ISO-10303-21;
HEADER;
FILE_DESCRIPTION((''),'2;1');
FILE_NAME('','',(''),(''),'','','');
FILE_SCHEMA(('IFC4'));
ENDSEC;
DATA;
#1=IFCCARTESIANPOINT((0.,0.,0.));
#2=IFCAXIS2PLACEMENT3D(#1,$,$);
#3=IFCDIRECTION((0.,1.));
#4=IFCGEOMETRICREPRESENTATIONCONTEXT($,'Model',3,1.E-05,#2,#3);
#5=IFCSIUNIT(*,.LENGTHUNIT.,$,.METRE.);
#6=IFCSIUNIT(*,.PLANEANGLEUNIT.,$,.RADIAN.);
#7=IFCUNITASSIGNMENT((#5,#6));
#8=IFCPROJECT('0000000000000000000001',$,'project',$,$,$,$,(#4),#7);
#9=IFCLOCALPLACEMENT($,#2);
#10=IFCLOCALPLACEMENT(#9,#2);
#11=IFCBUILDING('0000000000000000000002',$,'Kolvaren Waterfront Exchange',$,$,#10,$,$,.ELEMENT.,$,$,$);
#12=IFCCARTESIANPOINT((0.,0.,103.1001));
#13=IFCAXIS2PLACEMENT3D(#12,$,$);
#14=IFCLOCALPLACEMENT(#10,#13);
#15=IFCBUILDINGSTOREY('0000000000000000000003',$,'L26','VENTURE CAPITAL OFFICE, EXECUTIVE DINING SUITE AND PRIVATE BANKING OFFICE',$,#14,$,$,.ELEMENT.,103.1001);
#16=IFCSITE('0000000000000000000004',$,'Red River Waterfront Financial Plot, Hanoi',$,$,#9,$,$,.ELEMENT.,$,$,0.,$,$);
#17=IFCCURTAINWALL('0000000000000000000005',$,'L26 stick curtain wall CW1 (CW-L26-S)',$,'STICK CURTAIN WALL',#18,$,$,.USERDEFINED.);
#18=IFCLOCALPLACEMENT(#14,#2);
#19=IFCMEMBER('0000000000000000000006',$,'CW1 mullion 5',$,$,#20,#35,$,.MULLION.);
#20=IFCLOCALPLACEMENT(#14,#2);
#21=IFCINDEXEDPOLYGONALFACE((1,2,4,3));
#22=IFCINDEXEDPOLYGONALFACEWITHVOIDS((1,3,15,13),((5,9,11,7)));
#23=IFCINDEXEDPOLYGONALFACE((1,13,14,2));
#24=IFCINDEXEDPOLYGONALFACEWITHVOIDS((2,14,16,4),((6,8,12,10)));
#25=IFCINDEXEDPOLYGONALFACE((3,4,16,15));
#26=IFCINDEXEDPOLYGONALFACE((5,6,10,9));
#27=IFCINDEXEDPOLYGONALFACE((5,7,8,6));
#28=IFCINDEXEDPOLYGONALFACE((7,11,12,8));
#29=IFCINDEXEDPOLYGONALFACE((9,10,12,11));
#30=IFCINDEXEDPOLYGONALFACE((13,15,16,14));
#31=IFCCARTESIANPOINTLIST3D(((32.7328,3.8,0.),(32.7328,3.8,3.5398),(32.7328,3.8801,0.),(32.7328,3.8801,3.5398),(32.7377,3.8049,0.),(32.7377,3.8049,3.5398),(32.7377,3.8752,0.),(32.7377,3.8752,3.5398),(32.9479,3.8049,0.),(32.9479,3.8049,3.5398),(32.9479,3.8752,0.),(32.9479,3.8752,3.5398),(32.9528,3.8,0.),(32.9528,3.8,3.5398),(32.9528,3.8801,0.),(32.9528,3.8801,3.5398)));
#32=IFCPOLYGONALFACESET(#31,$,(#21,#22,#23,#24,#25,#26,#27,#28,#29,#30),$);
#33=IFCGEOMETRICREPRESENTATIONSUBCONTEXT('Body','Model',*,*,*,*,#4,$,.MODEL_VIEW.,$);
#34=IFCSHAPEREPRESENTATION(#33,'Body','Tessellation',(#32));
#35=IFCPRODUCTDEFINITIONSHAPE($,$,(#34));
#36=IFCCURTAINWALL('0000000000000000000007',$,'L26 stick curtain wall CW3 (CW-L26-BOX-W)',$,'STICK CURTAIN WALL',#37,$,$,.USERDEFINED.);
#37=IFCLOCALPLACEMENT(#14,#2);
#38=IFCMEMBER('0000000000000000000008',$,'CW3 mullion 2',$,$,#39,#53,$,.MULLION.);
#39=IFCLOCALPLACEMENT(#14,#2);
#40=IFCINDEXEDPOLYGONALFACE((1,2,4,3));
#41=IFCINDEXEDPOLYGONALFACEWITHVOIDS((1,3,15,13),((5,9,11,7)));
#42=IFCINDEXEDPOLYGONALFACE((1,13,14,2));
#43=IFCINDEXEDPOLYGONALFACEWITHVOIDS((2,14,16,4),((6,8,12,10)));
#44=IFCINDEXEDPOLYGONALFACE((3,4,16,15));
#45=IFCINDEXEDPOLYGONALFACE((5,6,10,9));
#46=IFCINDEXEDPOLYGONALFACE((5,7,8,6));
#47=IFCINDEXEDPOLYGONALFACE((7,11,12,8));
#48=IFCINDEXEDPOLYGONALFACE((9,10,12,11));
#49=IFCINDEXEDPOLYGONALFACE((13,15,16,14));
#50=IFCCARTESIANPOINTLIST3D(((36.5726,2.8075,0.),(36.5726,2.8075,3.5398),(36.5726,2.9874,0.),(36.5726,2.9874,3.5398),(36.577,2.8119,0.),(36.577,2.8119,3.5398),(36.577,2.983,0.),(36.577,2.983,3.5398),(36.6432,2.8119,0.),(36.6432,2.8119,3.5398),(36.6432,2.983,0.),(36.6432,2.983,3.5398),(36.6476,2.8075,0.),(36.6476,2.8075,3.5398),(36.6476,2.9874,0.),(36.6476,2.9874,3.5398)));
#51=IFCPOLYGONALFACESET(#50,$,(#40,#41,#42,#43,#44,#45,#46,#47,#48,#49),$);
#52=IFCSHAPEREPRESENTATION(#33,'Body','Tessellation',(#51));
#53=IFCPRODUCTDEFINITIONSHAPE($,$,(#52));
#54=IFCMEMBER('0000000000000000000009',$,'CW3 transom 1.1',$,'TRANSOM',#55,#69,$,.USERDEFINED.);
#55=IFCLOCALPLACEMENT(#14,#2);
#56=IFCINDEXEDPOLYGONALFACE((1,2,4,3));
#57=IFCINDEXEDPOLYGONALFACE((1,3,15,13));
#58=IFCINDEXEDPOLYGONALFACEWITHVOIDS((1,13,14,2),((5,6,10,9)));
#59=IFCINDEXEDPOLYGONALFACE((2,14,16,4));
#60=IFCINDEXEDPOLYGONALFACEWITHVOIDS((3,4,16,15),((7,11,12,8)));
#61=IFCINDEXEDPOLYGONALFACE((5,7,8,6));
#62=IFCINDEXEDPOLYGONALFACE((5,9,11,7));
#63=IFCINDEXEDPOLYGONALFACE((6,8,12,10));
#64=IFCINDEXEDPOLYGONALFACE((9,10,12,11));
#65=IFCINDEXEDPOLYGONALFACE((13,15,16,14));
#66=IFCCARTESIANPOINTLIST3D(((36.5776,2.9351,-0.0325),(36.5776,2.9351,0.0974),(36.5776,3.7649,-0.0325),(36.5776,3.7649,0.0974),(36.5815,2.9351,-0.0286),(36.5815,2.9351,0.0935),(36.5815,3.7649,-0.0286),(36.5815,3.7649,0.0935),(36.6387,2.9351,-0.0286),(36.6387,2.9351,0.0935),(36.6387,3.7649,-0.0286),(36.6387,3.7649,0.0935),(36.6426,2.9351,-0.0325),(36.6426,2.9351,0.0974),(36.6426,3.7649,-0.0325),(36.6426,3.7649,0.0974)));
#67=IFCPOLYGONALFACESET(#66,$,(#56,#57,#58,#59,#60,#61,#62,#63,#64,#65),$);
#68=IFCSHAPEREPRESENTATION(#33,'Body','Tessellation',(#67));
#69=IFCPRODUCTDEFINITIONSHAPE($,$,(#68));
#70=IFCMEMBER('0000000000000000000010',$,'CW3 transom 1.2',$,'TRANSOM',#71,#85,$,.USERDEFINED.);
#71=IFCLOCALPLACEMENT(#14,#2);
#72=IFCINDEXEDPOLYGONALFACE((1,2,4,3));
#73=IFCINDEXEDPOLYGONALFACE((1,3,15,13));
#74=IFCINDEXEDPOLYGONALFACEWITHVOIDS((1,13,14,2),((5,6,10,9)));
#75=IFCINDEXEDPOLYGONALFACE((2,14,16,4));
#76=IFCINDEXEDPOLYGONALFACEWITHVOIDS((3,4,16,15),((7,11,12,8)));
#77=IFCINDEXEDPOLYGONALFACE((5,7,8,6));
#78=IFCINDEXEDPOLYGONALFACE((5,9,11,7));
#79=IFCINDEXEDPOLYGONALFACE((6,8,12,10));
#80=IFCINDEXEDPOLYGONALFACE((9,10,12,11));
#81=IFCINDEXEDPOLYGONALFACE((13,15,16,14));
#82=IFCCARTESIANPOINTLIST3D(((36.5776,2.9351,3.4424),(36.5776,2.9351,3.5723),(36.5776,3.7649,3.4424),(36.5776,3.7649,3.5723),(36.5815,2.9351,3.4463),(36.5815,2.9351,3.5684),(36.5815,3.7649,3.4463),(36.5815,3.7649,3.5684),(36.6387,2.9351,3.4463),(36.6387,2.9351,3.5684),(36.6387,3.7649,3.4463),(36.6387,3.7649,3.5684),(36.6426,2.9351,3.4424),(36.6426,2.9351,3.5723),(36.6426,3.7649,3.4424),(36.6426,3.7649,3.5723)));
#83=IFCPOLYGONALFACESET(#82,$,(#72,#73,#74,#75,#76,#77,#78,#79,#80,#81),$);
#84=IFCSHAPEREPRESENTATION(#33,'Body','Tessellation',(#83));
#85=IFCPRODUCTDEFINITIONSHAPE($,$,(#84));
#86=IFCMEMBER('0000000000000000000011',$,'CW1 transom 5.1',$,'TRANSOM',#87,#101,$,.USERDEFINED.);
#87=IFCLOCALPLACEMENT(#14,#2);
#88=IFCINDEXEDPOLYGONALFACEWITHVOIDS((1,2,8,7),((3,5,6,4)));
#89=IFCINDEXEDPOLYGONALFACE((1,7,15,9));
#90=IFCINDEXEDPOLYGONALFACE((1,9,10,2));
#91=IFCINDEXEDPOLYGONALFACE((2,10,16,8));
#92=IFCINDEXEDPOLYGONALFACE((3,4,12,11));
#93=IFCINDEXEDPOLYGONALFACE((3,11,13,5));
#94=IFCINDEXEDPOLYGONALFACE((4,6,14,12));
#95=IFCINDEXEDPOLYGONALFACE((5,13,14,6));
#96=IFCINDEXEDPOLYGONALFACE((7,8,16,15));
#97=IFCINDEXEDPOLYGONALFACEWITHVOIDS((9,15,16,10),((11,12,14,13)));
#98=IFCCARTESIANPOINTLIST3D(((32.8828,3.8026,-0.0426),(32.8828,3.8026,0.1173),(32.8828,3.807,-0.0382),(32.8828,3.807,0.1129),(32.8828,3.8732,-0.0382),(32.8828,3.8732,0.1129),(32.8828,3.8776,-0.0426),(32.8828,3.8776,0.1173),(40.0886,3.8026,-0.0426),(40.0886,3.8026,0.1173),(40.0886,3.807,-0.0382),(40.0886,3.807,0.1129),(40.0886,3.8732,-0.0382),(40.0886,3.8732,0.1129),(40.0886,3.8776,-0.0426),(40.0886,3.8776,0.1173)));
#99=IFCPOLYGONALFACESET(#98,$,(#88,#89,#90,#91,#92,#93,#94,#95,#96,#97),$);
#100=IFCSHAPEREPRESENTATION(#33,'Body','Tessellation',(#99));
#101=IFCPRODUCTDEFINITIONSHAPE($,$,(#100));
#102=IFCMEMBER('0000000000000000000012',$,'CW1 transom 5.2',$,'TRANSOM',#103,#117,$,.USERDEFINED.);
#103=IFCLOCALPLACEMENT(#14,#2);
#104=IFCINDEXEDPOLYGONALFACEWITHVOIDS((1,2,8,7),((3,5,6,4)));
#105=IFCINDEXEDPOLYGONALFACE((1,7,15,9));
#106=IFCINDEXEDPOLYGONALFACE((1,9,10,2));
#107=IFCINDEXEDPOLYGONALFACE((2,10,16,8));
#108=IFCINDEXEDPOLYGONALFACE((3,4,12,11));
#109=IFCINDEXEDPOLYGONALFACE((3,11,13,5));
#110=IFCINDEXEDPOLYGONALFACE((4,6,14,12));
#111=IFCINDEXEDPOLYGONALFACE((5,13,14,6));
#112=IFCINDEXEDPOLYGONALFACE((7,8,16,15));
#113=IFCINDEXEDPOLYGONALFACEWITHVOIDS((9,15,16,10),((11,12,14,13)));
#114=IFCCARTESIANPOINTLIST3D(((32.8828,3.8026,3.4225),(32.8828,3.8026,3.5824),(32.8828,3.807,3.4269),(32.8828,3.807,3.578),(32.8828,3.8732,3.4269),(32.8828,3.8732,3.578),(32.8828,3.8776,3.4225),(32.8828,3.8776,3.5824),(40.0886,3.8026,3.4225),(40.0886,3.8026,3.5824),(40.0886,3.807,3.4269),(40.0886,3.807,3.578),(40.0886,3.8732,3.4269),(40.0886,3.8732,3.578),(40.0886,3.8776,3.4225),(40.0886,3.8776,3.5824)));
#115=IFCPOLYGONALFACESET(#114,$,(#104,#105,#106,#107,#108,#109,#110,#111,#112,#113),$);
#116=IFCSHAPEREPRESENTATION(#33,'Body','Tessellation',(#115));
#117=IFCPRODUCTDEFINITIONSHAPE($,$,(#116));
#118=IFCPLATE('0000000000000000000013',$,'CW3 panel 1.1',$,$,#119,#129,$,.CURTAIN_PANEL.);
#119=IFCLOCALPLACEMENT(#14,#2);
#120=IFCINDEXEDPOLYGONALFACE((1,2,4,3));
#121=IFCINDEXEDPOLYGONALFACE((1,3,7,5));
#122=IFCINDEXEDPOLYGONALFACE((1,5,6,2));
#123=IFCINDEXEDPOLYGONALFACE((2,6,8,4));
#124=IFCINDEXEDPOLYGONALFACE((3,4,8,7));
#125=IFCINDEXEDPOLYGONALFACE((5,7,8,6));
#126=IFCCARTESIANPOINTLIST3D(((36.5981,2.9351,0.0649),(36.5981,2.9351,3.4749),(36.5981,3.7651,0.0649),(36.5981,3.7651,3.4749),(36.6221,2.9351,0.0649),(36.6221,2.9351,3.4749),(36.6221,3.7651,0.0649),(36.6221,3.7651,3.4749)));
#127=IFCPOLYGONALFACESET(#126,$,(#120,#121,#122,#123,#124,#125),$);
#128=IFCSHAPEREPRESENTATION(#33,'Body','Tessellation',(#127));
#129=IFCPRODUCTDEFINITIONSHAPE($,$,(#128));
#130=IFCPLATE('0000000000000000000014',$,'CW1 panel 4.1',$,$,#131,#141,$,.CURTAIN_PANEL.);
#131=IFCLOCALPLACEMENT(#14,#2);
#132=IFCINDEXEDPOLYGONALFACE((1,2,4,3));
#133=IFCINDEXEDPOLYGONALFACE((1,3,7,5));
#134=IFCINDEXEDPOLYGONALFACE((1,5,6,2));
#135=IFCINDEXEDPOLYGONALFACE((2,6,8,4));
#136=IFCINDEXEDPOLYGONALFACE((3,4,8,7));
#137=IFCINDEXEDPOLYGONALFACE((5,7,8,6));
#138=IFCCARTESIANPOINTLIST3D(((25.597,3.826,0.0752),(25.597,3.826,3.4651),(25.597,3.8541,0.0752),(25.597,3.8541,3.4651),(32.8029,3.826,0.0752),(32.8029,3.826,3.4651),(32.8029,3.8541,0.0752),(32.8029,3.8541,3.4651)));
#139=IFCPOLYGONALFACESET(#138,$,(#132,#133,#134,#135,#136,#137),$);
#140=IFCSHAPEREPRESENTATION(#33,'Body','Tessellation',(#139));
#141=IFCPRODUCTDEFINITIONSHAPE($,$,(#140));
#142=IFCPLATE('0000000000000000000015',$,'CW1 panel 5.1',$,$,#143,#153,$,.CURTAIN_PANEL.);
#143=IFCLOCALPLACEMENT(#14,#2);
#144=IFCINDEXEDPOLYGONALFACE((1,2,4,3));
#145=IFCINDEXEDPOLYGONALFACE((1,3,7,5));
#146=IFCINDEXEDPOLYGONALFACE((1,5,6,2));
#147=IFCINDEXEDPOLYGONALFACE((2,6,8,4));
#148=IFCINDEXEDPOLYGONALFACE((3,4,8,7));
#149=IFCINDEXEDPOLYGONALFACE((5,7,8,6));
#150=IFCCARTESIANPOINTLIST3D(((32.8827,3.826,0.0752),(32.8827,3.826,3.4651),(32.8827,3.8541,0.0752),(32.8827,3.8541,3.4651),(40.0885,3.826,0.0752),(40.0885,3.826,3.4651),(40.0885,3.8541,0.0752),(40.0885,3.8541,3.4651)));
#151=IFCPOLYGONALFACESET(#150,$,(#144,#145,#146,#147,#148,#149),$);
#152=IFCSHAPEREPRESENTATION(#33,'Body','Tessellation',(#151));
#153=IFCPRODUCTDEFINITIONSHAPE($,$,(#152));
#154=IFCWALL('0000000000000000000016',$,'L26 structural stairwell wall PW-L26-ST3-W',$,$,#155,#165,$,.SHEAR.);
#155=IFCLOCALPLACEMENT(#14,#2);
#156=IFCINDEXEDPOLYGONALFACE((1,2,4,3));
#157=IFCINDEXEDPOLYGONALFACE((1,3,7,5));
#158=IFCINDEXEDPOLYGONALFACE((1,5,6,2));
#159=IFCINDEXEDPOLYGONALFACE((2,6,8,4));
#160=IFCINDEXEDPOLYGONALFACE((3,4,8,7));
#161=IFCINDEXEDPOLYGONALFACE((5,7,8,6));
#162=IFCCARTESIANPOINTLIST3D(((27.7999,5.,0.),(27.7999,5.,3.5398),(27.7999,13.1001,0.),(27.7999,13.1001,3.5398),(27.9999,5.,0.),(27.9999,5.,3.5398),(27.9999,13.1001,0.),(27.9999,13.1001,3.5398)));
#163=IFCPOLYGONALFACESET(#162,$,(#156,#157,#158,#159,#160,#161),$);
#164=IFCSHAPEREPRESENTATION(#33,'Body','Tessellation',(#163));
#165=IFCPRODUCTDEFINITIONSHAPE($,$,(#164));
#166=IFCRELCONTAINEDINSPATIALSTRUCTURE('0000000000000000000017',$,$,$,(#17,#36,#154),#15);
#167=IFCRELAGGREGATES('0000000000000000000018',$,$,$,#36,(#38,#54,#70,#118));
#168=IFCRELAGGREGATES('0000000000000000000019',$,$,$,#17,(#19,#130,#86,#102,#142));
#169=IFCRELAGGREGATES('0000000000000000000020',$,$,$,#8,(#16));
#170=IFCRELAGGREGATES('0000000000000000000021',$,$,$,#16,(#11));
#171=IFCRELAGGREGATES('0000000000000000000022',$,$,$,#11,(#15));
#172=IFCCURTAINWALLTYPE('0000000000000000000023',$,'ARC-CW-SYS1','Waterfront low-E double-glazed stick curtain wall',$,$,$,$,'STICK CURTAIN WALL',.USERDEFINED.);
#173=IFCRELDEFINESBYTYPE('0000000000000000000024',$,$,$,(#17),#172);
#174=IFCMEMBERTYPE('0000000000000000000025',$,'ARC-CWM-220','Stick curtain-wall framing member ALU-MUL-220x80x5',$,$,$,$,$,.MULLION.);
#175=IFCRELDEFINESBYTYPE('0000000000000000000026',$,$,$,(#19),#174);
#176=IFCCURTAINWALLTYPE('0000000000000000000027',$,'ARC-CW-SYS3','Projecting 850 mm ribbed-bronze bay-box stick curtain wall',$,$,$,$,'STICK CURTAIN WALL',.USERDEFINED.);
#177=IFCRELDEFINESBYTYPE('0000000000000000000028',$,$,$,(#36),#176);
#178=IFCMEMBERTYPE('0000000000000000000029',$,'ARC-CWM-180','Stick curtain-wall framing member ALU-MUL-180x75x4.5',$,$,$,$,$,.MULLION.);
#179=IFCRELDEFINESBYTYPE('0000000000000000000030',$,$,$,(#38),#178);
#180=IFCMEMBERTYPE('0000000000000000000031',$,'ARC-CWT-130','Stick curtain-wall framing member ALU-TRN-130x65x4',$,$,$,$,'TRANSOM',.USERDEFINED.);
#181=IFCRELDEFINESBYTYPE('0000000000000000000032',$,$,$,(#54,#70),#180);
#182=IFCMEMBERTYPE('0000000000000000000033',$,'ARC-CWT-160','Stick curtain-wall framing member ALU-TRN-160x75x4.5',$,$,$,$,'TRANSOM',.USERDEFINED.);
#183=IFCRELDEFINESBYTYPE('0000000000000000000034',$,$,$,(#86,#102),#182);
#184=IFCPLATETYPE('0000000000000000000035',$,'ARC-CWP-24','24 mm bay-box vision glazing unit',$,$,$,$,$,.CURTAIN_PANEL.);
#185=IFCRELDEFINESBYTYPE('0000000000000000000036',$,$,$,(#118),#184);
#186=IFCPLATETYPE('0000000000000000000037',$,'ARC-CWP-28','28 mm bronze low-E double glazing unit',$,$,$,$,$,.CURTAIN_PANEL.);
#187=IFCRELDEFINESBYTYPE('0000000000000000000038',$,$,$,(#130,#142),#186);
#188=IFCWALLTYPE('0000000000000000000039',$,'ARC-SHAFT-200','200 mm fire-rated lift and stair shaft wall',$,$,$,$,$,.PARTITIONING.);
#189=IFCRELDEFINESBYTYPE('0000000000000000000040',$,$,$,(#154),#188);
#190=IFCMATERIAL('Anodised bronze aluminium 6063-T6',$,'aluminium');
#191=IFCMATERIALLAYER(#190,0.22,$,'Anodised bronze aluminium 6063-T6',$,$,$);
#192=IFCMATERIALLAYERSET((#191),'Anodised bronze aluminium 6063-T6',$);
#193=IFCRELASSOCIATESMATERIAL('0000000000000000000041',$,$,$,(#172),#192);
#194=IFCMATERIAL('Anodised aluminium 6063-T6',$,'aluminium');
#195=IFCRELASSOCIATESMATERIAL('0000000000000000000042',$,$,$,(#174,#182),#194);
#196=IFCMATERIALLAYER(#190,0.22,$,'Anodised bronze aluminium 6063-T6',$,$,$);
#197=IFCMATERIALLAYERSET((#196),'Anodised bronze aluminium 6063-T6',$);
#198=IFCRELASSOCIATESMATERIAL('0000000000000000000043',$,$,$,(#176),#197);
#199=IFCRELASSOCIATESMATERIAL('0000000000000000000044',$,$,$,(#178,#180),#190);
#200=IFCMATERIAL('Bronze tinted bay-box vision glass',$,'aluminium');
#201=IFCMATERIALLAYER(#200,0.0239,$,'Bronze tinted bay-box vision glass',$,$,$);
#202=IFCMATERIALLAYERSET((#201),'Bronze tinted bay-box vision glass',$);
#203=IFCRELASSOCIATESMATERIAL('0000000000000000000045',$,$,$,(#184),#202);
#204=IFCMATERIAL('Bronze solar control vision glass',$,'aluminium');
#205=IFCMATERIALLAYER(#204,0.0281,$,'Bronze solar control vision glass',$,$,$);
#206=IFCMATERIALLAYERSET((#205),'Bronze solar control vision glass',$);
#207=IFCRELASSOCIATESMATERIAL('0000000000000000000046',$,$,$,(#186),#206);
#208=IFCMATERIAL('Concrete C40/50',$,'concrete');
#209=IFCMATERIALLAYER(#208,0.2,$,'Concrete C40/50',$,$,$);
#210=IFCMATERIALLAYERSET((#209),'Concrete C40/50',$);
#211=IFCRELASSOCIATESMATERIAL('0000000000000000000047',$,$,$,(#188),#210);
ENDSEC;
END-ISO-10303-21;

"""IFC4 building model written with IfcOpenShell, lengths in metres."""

from ifc_helpers import new_model, si_unit, direction, frame, frame_2d, origin, origin_with_axes, origin_2d, place, context, subcontext, project, spatial, rectangle, hollow_rectangle, extrude, source, transform, mapped, material, layer, layer_set, material_profile, profile_set, type_object, element, aggregate, save


model = new_model("IFC4")

# Units and contexts
model_context = context("Model", 3, precision=1e-05, world=origin(), true_north=direction((0.0, 1.0)))
body_context = subcontext(model_context, "Body", "Model", "MODEL_VIEW")
ifc_project = project(units=[si_unit("LENGTHUNIT", "METRE"), si_unit("PLANEANGLEUNIT", "RADIAN")], contexts=[model_context])

# Site, building, storey
site_placement = place(None, origin())
site = spatial("IfcSite", under=ifc_project, at=site_placement, Name="Red River Waterfront Financial Plot, Hanoi", CompositionType="ELEMENT", RefElevation=0.0)
building_placement = place(site_placement, origin())
building = spatial("IfcBuilding", under=site, at=building_placement, Name="Kolvaren Waterfront Exchange", CompositionType="ELEMENT")
storey_placement = place(building_placement, frame((0.0, 0.0, 103.1001)))
storey = spatial("IfcBuildingStorey", under=building, at=storey_placement, Name="L26", Description="VENTURE CAPITAL OFFICE, EXECUTIVE DINING SUITE AND PRIVATE BANKING OFFICE", CompositionType="ELEMENT", Elevation=103.1001)

# Curtain wall, member
ifc_material_1 = material(Name="Anodised bronze aluminium 6063-T6", Category="aluminium")
ifc_layer_1 = layer(ifc_material_1, 0.22, Name="Anodised bronze aluminium 6063-T6")
ifc_layer_set_1 = layer_set([ifc_layer_1], Name="Anodised bronze aluminium 6063-T6")
curtain_wall_type_1 = type_object("IfcCurtainWallType", Name="ARC-CW-SYS1", Description="Waterfront low-E double-glazed stick curtain wall", ElementType="STICK CURTAIN WALL", PredefinedType="USERDEFINED", material=ifc_layer_set_1)
curtain_wall_1_placement = place(storey_placement, origin())
curtain_wall_1 = element("IfcCurtainWall", 1, at=curtain_wall_1_placement, inside=storey, type_object=curtain_wall_type_1, Name="L26 stick curtain wall CW1 (CW-L26-S)", ObjectType="STICK CURTAIN WALL", PredefinedType="USERDEFINED")
ifc_material_2 = material(Name="Anodised aluminium 6063-T6", Category="aluminium")
ifc_material_profile_1 = material_profile(ifc_material_2, hollow_rectangle(XDim=0.0801, YDim=0.22, WallThickness=0.0049, at=origin_2d()), Name="ALU-MUL-220x80x5")
ifc_profile_set_1 = profile_set([ifc_material_profile_1], Name="Anodised aluminium 6063-T6")
member_type_1 = type_object("IfcMemberType", Name="ARC-CWM-220", Description="Stick curtain-wall framing member ALU-MUL-220x80x5", PredefinedType="MULLION", material=ifc_profile_set_1)
shared_shape_1 = source(origin_with_axes(), body_context, "Body", "SweptSolid", [
    extrude(hollow_rectangle(XDim=0.0801, YDim=0.22, WallThickness=0.0049, at=origin_2d()), origin(), (0.0, 0.0, 1.0), 3.5398),
])
member_1_placement = place(storey_placement, frame((32.8428, 3.8401, 0.0), z_axis=(0.0, 0.0, 1.0), x_axis=(0.0, 1.0, 0.0)))
member_1 = element("IfcMember", 2, at=member_1_placement, type_object=member_type_1, Name="CW1 mullion 5", PredefinedType="MULLION", context=body_context, shape_type="MappedRepresentation", body=[
    mapped(shared_shape_1, transform((0.0, 0.0, 0.0), x_axis=(1.0, 0.0, 0.0), y_axis=(0.0, 1.0, 0.0), z_axis=(0.0, 0.0, 1.0), scale=1.0)),
])

# Curtain wall, members
ifc_layer_2 = layer(ifc_material_1, 0.22, Name="Anodised bronze aluminium 6063-T6")
ifc_layer_set_2 = layer_set([ifc_layer_2], Name="Anodised bronze aluminium 6063-T6")
curtain_wall_type_2 = type_object("IfcCurtainWallType", Name="ARC-CW-SYS3", Description="Projecting 850 mm ribbed-bronze bay-box stick curtain wall", ElementType="STICK CURTAIN WALL", PredefinedType="USERDEFINED", material=ifc_layer_set_2)
curtain_wall_2_placement = place(storey_placement, origin())
curtain_wall_2 = element("IfcCurtainWall", 3, at=curtain_wall_2_placement, inside=storey, type_object=curtain_wall_type_2, Name="L26 stick curtain wall CW3 (CW-L26-BOX-W)", ObjectType="STICK CURTAIN WALL", PredefinedType="USERDEFINED")
ifc_material_profile_2 = material_profile(ifc_material_1, hollow_rectangle(XDim=0.075, YDim=0.1799, WallThickness=0.0044, at=origin_2d()), Name="ALU-MUL-180x75x4.5")
ifc_profile_set_2 = profile_set([ifc_material_profile_2], Name="Anodised bronze aluminium 6063-T6")
member_type_2 = type_object("IfcMemberType", Name="ARC-CWM-180", Description="Stick curtain-wall framing member ALU-MUL-180x75x4.5", PredefinedType="MULLION", material=ifc_profile_set_2)
shared_shape_2 = source(origin_with_axes(), body_context, "Body", "SweptSolid", [
    extrude(hollow_rectangle(XDim=0.075, YDim=0.1799, WallThickness=0.0044, at=origin_2d()), origin(), (0.0, 0.0, 1.0), 3.5398),
])
member_2_placement = place(storey_placement, frame((36.6101, 2.8975, 0.0), z_axis=(0.0, 0.0, 1.0), x_axis=(1.0, 0.0, 0.0)))
member_2 = element("IfcMember", 4, at=member_2_placement, type_object=member_type_2, Name="CW3 mullion 2", PredefinedType="MULLION", context=body_context, shape_type="MappedRepresentation", body=[
    mapped(shared_shape_2, transform((0.0, 0.0, 0.0), x_axis=(1.0, 0.0, 0.0), y_axis=(0.0, 1.0, 0.0), z_axis=(0.0, 0.0, 1.0), scale=1.0)),
])
ifc_material_profile_3 = material_profile(ifc_material_1, hollow_rectangle(XDim=0.0649, YDim=0.1299, WallThickness=0.0039, at=origin_2d()), Name="ALU-TRN-130x65x4")
ifc_profile_set_3 = profile_set([ifc_material_profile_3], Name="Anodised bronze aluminium 6063-T6")
member_type_3 = type_object("IfcMemberType", Name="ARC-CWT-130", Description="Stick curtain-wall framing member ALU-TRN-130x65x4", ElementType="TRANSOM", PredefinedType="USERDEFINED", material=ifc_profile_set_3)
shared_shape_3 = source(origin_with_axes(), body_context, "Body", "SweptSolid", [
    extrude(hollow_rectangle(XDim=0.0649, YDim=0.1299, WallThickness=0.0039, at=origin_2d()), origin(), (0.0, 0.0, 1.0), 0.8298),
])
member_3_placement = place(storey_placement, frame((36.6101, 3.7649, 0.0325), z_axis=(0.0, -1.0, 0.0), x_axis=(1.0, 0.0, 0.0)))
member_3 = element("IfcMember", 5, at=member_3_placement, type_object=member_type_3, Name="CW3 transom 1.1", ObjectType="TRANSOM", PredefinedType="USERDEFINED", context=body_context, shape_type="MappedRepresentation", body=[
    mapped(shared_shape_3, transform((0.0, 0.0, 0.0), x_axis=(1.0, 0.0, 0.0), y_axis=(0.0, 1.0, 0.0), z_axis=(0.0, 0.0, 1.0), scale=1.0)),
])
member_4_placement = place(storey_placement, frame((36.6101, 3.7649, 3.5073), z_axis=(0.0, -1.0, 0.0), x_axis=(1.0, 0.0, 0.0)))
member_4 = element("IfcMember", 6, at=member_4_placement, type_object=member_type_3, Name="CW3 transom 1.2", ObjectType="TRANSOM", PredefinedType="USERDEFINED", context=body_context, shape_type="MappedRepresentation", body=[
    mapped(shared_shape_3, transform((0.0, 0.0, 0.0), x_axis=(1.0, 0.0, 0.0), y_axis=(0.0, 1.0, 0.0), z_axis=(0.0, 0.0, 1.0), scale=1.0)),
])

# Members
ifc_material_profile_4 = material_profile(ifc_material_2, hollow_rectangle(XDim=0.075, YDim=0.1599, WallThickness=0.0044, at=origin_2d()), Name="ALU-TRN-160x75x4.5")
ifc_profile_set_4 = profile_set([ifc_material_profile_4], Name="Anodised aluminium 6063-T6")
member_type_4 = type_object("IfcMemberType", Name="ARC-CWT-160", Description="Stick curtain-wall framing member ALU-TRN-160x75x4.5", ElementType="TRANSOM", PredefinedType="USERDEFINED", material=ifc_profile_set_4)
shared_shape_4 = source(origin_with_axes(), body_context, "Body", "SweptSolid", [
    extrude(hollow_rectangle(XDim=0.075, YDim=0.1599, WallThickness=0.0044, at=origin_2d()), origin(), (0.0, 0.0, 1.0), 7.2058),
])
member_5_placement = place(storey_placement, frame((32.8828, 3.8401, 0.0374), z_axis=(1.0, 0.0, 0.0), x_axis=(0.0, 1.0, 0.0)))
member_5 = element("IfcMember", 7, at=member_5_placement, type_object=member_type_4, Name="CW1 transom 5.1", ObjectType="TRANSOM", PredefinedType="USERDEFINED", context=body_context, shape_type="MappedRepresentation", body=[
    mapped(shared_shape_4, transform((0.0, 0.0, 0.0), x_axis=(1.0, 0.0, 0.0), y_axis=(0.0, 1.0, 0.0), z_axis=(0.0, 0.0, 1.0), scale=1.0)),
])
member_6_placement = place(storey_placement, frame((32.8828, 3.8401, 3.5024), z_axis=(1.0, 0.0, 0.0), x_axis=(0.0, 1.0, 0.0)))
member_6 = element("IfcMember", 8, at=member_6_placement, type_object=member_type_4, Name="CW1 transom 5.2", ObjectType="TRANSOM", PredefinedType="USERDEFINED", context=body_context, shape_type="MappedRepresentation", body=[
    mapped(shared_shape_4, transform((0.0, 0.0, 0.0), x_axis=(1.0, 0.0, 0.0), y_axis=(0.0, 1.0, 0.0), z_axis=(0.0, 0.0, 1.0), scale=1.0)),
])

# Plates
ifc_material_3 = material(Name="Bronze tinted bay-box vision glass", Category="aluminium")
ifc_layer_3 = layer(ifc_material_3, 0.0239, Name="Bronze tinted bay-box vision glass")
ifc_layer_set_3 = layer_set([ifc_layer_3], Name="Bronze tinted bay-box vision glass")
plate_type_1 = type_object("IfcPlateType", Name="ARC-CWP-24", Description="24 mm bay-box vision glazing unit", PredefinedType="CURTAIN_PANEL", material=ifc_layer_set_3)
shared_shape_5 = source(origin_with_axes(), body_context, "Body", "SweptSolid", [
    extrude(rectangle(XDim=0.8301, YDim=0.0239, at=origin_2d()), origin(), (0.0, 0.0, 1.0), 3.4099),
])
plate_1_placement = place(storey_placement, frame((36.6101, 3.3501, 0.0649), z_axis=(0.0, 0.0, 1.0), x_axis=(0.0, -1.0, 0.0)))
plate_1 = element("IfcPlate", 9, at=plate_1_placement, type_object=plate_type_1, Name="CW3 panel 1.1", PredefinedType="CURTAIN_PANEL", context=body_context, shape_type="MappedRepresentation", body=[
    mapped(shared_shape_5, transform((0.0, 0.0, 0.0), x_axis=(1.0, 0.0, 0.0), y_axis=(0.0, 1.0, 0.0), z_axis=(0.0, 0.0, 1.0), scale=1.0)),
])
aggregate(curtain_wall_2, [member_2, member_3, member_4, plate_1])
ifc_material_4 = material(Name="Bronze solar control vision glass", Category="aluminium")
ifc_layer_4 = layer(ifc_material_4, 0.0281, Name="Bronze solar control vision glass")
ifc_layer_set_4 = layer_set([ifc_layer_4], Name="Bronze solar control vision glass")
plate_type_2 = type_object("IfcPlateType", Name="ARC-CWP-28", Description="28 mm bronze low-E double glazing unit", PredefinedType="CURTAIN_PANEL", material=ifc_layer_set_4)
shared_shape_6 = source(origin_with_axes(), body_context, "Body", "SweptSolid", [
    extrude(rectangle(XDim=7.2058, YDim=0.0281, at=origin_2d()), origin(), (0.0, 0.0, 1.0), 3.3899),
])
plate_2_placement = place(storey_placement, frame((29.2, 3.8401, 0.0752), z_axis=(0.0, 0.0, 1.0), x_axis=(1.0, 0.0, 0.0)))
plate_2 = element("IfcPlate", 10, at=plate_2_placement, type_object=plate_type_2, Name="CW1 panel 4.1", PredefinedType="CURTAIN_PANEL", context=body_context, shape_type="MappedRepresentation", body=[
    mapped(shared_shape_6, transform((0.0, 0.0, 0.0), x_axis=(1.0, 0.0, 0.0), y_axis=(0.0, 1.0, 0.0), z_axis=(0.0, 0.0, 1.0), scale=1.0)),
])
plate_3_placement = place(storey_placement, frame((36.4856, 3.8401, 0.0752), z_axis=(0.0, 0.0, 1.0), x_axis=(1.0, 0.0, 0.0)))
plate_3 = element("IfcPlate", 11, at=plate_3_placement, type_object=plate_type_2, Name="CW1 panel 5.1", PredefinedType="CURTAIN_PANEL", context=body_context, shape_type="MappedRepresentation", body=[
    mapped(shared_shape_6, transform((0.0, 0.0, 0.0), x_axis=(1.0, 0.0, 0.0), y_axis=(0.0, 1.0, 0.0), z_axis=(0.0, 0.0, 1.0), scale=1.0)),
])
aggregate(curtain_wall_1, [member_1, plate_2, member_5, member_6, plate_3])

# Wall
ifc_material_5 = material(Name="Concrete C40/50", Category="concrete")
ifc_layer_5 = layer(ifc_material_5, 0.2, Name="Concrete C40/50")
ifc_layer_set_5 = layer_set([ifc_layer_5], Name="Concrete C40/50")
wall_type = type_object("IfcWallType", Name="ARC-SHAFT-200", Description="200 mm fire-rated lift and stair shaft wall", PredefinedType="PARTITIONING", material=ifc_layer_set_5)
wall_1_placement = place(storey_placement, frame((27.8999, 5.0, 0.0), z_axis=(0.0, 0.0, 1.0), x_axis=(0.0, 1.0, 0.0)))
element("IfcWall", 12, at=wall_1_placement, inside=storey, type_object=wall_type, Name="L26 structural stairwell wall PW-L26-ST3-W", PredefinedType="SHEAR", context=body_context, shape_type="SweptSolid", body=[
    extrude(rectangle(XDim=8.1001, YDim=0.2, at=frame_2d((4.05, 0.0))), origin(), (0.0, 0.0, 1.0), 3.5398),
])

save(model, "model.ifc")
